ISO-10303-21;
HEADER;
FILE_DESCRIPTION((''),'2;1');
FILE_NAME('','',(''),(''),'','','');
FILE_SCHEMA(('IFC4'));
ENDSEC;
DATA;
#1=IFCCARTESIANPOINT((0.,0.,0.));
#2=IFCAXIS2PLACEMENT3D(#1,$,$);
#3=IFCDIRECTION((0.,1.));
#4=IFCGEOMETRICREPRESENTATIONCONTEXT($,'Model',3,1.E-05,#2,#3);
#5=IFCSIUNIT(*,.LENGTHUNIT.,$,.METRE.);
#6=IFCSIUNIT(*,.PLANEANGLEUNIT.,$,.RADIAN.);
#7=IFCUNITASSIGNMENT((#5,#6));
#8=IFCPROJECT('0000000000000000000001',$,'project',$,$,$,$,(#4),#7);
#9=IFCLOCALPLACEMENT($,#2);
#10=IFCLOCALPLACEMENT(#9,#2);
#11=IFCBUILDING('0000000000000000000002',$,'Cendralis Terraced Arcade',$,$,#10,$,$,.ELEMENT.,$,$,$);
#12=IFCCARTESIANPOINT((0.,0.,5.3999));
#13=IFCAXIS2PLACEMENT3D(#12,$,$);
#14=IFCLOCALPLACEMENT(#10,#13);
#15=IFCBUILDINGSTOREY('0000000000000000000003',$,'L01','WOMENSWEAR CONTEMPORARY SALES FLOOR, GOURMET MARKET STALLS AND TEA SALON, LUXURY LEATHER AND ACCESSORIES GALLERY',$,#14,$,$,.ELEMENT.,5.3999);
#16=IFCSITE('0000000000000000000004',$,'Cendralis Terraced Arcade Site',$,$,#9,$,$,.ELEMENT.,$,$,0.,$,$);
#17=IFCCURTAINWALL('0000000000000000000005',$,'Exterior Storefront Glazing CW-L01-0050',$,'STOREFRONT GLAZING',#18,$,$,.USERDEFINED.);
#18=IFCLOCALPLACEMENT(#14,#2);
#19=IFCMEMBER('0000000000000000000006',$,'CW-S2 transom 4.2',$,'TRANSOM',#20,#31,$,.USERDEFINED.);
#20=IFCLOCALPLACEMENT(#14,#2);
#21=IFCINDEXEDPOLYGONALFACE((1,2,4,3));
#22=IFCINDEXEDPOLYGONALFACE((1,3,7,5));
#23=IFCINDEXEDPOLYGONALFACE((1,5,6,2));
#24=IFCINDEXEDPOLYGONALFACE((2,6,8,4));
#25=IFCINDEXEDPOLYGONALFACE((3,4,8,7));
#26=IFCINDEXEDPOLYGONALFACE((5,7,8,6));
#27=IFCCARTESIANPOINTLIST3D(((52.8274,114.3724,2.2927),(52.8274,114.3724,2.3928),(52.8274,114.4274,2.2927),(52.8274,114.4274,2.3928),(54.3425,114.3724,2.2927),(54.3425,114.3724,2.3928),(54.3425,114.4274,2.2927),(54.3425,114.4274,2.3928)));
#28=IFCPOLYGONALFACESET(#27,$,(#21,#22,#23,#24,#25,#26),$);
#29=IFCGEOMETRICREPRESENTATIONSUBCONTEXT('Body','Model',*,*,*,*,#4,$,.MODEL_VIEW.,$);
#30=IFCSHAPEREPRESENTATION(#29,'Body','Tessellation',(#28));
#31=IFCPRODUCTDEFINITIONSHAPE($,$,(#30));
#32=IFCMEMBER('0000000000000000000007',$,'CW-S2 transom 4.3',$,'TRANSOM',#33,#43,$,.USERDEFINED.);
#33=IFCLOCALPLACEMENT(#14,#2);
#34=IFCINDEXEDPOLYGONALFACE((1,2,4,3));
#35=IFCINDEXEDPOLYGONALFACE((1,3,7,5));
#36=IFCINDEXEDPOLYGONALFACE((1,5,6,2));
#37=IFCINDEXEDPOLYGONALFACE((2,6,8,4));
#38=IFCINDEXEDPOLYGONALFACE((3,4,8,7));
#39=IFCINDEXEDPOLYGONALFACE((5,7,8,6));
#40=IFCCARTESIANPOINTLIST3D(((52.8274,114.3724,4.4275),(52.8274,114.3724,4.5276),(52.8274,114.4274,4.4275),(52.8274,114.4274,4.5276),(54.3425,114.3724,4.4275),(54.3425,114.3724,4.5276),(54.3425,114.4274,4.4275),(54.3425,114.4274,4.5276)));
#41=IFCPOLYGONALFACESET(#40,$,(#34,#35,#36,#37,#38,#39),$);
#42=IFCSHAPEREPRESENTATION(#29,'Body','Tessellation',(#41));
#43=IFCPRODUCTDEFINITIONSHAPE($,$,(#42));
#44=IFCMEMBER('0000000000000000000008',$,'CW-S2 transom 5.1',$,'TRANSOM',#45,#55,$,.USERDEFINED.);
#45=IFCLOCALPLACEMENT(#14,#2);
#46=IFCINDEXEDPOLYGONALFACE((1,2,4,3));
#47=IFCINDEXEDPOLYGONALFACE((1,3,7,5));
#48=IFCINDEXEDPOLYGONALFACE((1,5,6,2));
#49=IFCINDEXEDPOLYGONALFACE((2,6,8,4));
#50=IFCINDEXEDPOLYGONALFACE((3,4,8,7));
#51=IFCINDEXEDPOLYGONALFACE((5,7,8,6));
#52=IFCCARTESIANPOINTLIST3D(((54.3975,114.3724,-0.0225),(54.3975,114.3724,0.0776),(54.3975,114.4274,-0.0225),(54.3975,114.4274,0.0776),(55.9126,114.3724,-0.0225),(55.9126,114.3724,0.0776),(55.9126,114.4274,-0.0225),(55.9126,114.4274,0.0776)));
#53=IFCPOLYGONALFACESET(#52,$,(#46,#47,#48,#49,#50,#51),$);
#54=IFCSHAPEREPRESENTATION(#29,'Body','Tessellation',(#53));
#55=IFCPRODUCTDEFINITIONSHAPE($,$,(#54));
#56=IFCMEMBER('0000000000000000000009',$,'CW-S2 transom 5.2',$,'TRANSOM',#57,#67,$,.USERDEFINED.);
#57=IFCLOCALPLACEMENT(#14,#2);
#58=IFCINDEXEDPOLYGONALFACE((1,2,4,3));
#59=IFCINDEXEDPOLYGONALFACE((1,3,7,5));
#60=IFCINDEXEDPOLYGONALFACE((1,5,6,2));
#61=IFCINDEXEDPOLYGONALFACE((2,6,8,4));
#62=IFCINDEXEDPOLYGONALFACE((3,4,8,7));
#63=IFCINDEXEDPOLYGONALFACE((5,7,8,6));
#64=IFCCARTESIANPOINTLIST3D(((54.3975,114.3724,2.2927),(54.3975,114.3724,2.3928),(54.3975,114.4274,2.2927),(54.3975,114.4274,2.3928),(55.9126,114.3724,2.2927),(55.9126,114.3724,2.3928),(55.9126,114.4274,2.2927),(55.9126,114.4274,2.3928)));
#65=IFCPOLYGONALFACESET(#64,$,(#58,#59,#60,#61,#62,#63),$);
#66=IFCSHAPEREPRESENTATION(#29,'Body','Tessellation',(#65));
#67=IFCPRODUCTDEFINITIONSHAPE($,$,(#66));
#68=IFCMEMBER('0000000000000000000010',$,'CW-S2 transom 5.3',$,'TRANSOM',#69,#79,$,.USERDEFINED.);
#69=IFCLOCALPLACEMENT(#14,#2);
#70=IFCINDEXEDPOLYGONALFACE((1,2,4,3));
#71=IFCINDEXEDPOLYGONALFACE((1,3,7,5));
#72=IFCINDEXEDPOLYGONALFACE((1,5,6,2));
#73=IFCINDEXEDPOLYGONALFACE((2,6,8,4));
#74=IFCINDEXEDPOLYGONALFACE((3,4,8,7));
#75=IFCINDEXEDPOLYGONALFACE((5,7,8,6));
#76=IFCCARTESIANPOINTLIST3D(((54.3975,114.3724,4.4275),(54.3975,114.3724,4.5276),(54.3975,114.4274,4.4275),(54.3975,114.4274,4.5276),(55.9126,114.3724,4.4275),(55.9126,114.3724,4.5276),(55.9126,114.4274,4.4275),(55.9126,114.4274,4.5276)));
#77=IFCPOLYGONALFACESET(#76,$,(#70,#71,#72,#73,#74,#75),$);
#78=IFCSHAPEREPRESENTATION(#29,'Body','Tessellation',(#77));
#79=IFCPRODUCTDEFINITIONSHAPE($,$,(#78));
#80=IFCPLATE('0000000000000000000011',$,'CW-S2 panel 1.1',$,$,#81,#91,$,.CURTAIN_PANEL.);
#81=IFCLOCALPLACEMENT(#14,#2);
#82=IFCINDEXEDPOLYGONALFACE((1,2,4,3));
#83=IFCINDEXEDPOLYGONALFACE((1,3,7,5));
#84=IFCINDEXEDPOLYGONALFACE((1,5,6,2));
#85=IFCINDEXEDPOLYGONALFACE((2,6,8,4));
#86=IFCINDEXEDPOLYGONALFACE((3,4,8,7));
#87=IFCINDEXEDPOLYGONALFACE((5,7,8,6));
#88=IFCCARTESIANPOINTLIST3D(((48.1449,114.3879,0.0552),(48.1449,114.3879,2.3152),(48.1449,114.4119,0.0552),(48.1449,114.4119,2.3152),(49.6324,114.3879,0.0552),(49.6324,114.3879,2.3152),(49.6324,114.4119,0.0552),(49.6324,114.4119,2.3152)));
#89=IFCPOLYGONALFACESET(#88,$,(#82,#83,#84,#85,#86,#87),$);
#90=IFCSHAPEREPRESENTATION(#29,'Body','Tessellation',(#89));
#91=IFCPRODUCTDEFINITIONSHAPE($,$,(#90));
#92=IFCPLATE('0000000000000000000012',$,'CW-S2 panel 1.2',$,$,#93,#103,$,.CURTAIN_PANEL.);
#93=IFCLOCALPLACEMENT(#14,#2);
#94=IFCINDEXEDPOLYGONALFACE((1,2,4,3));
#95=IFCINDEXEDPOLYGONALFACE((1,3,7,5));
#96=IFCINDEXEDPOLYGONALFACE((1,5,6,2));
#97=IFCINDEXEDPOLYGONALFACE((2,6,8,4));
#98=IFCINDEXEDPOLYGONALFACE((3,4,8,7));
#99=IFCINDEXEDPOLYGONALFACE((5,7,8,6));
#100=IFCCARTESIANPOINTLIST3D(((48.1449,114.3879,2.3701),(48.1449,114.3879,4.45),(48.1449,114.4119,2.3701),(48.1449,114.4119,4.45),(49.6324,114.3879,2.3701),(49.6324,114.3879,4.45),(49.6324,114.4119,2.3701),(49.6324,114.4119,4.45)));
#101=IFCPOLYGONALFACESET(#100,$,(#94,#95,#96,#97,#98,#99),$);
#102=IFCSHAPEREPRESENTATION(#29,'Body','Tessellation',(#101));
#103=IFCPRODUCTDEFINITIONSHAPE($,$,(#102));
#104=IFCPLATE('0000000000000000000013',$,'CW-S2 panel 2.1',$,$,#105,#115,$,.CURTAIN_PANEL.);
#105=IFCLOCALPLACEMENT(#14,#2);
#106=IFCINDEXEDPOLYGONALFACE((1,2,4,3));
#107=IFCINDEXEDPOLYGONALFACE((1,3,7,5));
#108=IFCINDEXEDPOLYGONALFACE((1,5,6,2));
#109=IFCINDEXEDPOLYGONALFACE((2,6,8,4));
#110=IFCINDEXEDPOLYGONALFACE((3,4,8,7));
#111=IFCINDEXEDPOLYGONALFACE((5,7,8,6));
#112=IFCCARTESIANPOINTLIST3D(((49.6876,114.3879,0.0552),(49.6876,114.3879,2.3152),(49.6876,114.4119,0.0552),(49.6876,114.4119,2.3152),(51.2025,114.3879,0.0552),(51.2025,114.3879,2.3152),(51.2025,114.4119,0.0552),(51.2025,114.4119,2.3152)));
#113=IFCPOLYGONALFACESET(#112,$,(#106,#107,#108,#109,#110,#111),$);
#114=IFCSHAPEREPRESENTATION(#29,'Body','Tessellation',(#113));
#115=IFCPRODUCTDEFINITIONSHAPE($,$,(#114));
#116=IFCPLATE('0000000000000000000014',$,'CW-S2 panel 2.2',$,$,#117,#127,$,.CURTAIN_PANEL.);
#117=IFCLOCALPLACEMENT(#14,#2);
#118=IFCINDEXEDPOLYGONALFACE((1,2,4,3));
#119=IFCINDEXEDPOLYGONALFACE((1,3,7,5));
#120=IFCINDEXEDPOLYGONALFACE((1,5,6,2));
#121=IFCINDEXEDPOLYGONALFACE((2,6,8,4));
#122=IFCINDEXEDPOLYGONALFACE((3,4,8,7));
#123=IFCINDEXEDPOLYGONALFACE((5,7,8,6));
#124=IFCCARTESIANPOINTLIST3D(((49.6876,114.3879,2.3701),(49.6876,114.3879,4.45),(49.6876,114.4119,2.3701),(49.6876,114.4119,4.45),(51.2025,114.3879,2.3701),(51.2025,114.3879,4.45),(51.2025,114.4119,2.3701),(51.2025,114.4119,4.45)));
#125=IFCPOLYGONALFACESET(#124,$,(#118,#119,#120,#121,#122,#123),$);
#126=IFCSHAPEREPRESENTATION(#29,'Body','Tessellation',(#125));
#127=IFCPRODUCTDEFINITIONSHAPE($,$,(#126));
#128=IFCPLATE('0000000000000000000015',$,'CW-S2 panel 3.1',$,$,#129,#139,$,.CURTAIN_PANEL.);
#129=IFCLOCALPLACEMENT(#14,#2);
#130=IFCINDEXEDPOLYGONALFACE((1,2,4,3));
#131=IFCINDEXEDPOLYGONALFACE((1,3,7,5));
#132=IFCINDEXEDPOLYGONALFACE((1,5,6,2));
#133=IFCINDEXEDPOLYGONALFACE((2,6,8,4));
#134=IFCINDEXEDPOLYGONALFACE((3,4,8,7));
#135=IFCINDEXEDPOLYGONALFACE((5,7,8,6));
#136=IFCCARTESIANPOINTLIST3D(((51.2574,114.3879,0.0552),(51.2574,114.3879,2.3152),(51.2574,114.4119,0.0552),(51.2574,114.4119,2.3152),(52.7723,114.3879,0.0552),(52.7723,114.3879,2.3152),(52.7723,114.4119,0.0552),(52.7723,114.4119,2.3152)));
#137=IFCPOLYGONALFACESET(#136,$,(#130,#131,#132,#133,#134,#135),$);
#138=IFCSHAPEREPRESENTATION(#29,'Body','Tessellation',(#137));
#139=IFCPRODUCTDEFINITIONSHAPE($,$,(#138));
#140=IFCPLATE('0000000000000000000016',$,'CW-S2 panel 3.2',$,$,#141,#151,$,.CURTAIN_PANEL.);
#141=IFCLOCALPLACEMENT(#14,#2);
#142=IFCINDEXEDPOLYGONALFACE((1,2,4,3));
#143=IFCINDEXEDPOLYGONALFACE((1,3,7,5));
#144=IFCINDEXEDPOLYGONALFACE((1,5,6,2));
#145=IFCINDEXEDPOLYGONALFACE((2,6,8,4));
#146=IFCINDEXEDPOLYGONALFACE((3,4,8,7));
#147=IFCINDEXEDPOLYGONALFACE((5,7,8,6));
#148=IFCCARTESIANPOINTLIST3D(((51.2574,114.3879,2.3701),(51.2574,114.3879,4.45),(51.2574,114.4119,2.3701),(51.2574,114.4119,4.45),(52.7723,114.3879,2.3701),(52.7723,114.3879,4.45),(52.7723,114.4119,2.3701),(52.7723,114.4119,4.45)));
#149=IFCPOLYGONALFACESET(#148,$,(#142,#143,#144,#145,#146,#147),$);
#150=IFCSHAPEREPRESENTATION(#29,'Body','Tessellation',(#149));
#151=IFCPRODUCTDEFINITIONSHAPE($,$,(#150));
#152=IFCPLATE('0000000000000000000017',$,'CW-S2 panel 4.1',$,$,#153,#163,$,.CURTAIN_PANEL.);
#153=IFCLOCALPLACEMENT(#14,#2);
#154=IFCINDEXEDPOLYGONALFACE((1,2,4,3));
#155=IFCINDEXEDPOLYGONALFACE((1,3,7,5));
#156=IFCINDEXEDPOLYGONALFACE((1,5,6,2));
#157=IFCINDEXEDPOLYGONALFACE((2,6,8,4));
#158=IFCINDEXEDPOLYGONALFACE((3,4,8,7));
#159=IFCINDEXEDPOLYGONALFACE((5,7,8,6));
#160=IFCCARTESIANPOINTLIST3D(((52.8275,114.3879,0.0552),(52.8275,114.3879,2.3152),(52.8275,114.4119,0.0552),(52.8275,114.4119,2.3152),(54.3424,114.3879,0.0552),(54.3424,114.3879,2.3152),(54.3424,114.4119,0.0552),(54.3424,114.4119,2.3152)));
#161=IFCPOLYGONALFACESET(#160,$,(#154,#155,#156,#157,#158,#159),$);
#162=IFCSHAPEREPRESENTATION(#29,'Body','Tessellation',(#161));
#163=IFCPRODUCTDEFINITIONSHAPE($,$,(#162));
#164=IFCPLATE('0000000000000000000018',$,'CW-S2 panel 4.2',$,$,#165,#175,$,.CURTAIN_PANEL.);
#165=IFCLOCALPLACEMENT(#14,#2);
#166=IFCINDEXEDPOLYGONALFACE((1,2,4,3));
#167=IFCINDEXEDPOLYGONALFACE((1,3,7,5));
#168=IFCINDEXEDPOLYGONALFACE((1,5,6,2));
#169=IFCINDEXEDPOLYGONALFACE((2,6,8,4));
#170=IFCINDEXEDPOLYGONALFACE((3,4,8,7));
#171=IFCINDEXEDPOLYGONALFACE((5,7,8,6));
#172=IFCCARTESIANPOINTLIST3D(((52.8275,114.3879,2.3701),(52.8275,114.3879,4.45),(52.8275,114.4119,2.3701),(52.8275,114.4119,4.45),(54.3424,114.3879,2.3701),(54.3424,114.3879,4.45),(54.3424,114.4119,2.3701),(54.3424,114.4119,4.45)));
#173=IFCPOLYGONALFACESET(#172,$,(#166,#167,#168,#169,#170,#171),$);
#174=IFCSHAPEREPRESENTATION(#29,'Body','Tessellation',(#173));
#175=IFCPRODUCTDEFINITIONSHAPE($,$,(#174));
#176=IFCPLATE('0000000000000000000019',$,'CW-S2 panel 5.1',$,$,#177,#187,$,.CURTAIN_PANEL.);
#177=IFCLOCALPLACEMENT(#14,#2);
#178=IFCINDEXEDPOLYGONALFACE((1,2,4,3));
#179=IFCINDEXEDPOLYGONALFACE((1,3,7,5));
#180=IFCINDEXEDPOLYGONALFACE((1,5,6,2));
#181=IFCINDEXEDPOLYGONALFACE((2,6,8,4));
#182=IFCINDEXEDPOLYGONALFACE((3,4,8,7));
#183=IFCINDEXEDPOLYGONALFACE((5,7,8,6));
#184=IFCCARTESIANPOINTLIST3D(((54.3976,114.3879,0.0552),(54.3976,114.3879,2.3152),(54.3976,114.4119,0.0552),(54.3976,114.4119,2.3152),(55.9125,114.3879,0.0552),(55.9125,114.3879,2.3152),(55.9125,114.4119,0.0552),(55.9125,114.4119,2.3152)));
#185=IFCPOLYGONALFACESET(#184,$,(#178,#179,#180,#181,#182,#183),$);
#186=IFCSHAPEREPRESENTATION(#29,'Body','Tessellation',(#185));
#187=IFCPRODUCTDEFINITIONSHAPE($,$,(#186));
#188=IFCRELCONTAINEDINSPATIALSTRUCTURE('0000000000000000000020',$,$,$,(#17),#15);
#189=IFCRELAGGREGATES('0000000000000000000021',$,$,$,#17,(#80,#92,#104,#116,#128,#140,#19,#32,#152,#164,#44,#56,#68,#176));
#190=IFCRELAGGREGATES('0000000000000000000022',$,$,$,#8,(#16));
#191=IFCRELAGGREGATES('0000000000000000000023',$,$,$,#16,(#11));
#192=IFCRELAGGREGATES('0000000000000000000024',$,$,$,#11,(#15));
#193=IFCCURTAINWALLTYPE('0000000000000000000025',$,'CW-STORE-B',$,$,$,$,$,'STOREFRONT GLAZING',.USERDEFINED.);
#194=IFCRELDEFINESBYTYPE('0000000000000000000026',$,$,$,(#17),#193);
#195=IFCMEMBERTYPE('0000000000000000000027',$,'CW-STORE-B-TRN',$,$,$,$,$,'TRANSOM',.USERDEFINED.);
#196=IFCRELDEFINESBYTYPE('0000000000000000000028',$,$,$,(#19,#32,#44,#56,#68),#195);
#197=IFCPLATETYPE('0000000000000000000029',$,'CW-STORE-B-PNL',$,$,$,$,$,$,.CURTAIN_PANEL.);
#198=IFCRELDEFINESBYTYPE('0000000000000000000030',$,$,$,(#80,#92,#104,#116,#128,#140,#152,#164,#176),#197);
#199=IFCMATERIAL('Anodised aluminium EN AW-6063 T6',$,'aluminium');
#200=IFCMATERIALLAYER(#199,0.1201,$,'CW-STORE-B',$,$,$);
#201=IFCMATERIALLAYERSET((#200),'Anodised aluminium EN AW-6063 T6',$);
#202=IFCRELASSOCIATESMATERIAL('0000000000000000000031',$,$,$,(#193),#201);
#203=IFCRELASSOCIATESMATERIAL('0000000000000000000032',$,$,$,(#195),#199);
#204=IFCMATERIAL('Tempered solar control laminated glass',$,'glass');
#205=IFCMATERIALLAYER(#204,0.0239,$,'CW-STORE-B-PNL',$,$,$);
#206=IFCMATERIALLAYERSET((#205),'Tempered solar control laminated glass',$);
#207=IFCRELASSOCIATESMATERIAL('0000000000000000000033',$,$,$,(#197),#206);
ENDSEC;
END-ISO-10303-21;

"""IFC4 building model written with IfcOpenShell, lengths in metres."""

from ifc_helpers import new_model, si_unit, direction, frame, origin, origin_2d, place, context, subcontext, project, spatial, rectangle, extrude, material, layer, layer_set, material_profile, profile_set, type_object, element, aggregate, save


model = new_model("IFC4")

# Units and contexts
model_context = context("Model", 3, precision=1e-05, world=origin(), true_north=direction((0.0, 1.0)))
body_context = subcontext(model_context, "Body", "Model", "MODEL_VIEW")
ifc_project = project(units=[si_unit("LENGTHUNIT", "METRE"), si_unit("PLANEANGLEUNIT", "RADIAN")], contexts=[model_context])

# Site, building, storey
site_placement = place(None, origin())
site = spatial("IfcSite", under=ifc_project, at=site_placement, Name="Cendralis Terraced Arcade Site", CompositionType="ELEMENT", RefElevation=0.0)
building_placement = place(site_placement, origin())
building = spatial("IfcBuilding", under=site, at=building_placement, Name="Cendralis Terraced Arcade", CompositionType="ELEMENT")
storey_placement = place(building_placement, frame((0.0, 0.0, 5.3999)))
storey = spatial("IfcBuildingStorey", under=building, at=storey_placement, Name="L01", Description="WOMENSWEAR CONTEMPORARY SALES FLOOR, GOURMET MARKET STALLS AND TEA SALON, LUXURY LEATHER AND ACCESSORIES GALLERY", CompositionType="ELEMENT", Elevation=5.3999)

# Curtain wall, members, plates
ifc_material_1 = material(Name="Anodised aluminium EN AW-6063 T6", Category="aluminium")
ifc_layer_1 = layer(ifc_material_1, 0.1201, Name="CW-STORE-B")
ifc_layer_set_1 = layer_set([ifc_layer_1], Name="Anodised aluminium EN AW-6063 T6")
curtain_wall_type = type_object("IfcCurtainWallType", Name="CW-STORE-B", ElementType="STOREFRONT GLAZING", PredefinedType="USERDEFINED", material=ifc_layer_set_1)
curtain_wall_placement = place(storey_placement, origin())
curtain_wall = element("IfcCurtainWall", 1, at=curtain_wall_placement, inside=storey, type_object=curtain_wall_type, Name="Exterior Storefront Glazing CW-L01-0050", ObjectType="STOREFRONT GLAZING", PredefinedType="USERDEFINED")
ifc_material_profile_1 = material_profile(ifc_material_1, rectangle(XDim=0.0549, YDim=0.1001, at=origin_2d()), Name="ALU-TRN-55x100")
ifc_profile_set_1 = profile_set([ifc_material_profile_1], Name="Anodised aluminium EN AW-6063 T6")
member_type_1 = type_object("IfcMemberType", Name="CW-STORE-B-TRN", ElementType="TRANSOM", PredefinedType="USERDEFINED", material=ifc_profile_set_1)
member_1_placement = place(storey_placement, frame((52.8274, 114.3999, 2.3428), z_axis=(1.0, 0.0, 0.0), x_axis=(0.0, 1.0, 0.0)))
member_1 = element("IfcMember", 2, at=member_1_placement, type_object=member_type_1, Name="CW-S2 transom 4.2", ObjectType="TRANSOM", PredefinedType="USERDEFINED", context=body_context, shape_type="SweptSolid", body=[
    extrude(rectangle(XDim=0.0549, YDim=0.1001, at=origin_2d()), origin(), (0.0, 0.0, 1.0), 1.5151),
])
member_2_placement = place(storey_placement, frame((52.8274, 114.3999, 4.4775), z_axis=(1.0, 0.0, 0.0), x_axis=(0.0, 1.0, 0.0)))
member_2 = element("IfcMember", 3, at=member_2_placement, type_object=member_type_1, Name="CW-S2 transom 4.3", ObjectType="TRANSOM", PredefinedType="USERDEFINED", context=body_context, shape_type="SweptSolid", body=[
    extrude(rectangle(XDim=0.0549, YDim=0.1001, at=origin_2d()), origin(), (0.0, 0.0, 1.0), 1.5151),
])
member_3_placement = place(storey_placement, frame((54.3975, 114.3999, 0.0276), z_axis=(1.0, 0.0, 0.0), x_axis=(0.0, 1.0, 0.0)))
member_3 = element("IfcMember", 4, at=member_3_placement, type_object=member_type_1, Name="CW-S2 transom 5.1", ObjectType="TRANSOM", PredefinedType="USERDEFINED", context=body_context, shape_type="SweptSolid", body=[
    extrude(rectangle(XDim=0.0549, YDim=0.1001, at=origin_2d()), origin(), (0.0, 0.0, 1.0), 1.5151),
])
member_4_placement = place(storey_placement, frame((54.3975, 114.3999, 2.3428), z_axis=(1.0, 0.0, 0.0), x_axis=(0.0, 1.0, 0.0)))
member_4 = element("IfcMember", 5, at=member_4_placement, type_object=member_type_1, Name="CW-S2 transom 5.2", ObjectType="TRANSOM", PredefinedType="USERDEFINED", context=body_context, shape_type="SweptSolid", body=[
    extrude(rectangle(XDim=0.0549, YDim=0.1001, at=origin_2d()), origin(), (0.0, 0.0, 1.0), 1.5151),
])
member_5_placement = place(storey_placement, frame((54.3975, 114.3999, 4.4775), z_axis=(1.0, 0.0, 0.0), x_axis=(0.0, 1.0, 0.0)))
member_5 = element("IfcMember", 6, at=member_5_placement, type_object=member_type_1, Name="CW-S2 transom 5.3", ObjectType="TRANSOM", PredefinedType="USERDEFINED", context=body_context, shape_type="SweptSolid", body=[
    extrude(rectangle(XDim=0.0549, YDim=0.1001, at=origin_2d()), origin(), (0.0, 0.0, 1.0), 1.5151),
])
ifc_material_2 = material(Name="Tempered solar control laminated glass", Category="glass")
ifc_layer_2 = layer(ifc_material_2, 0.0239, Name="CW-STORE-B-PNL")
ifc_layer_set_2 = layer_set([ifc_layer_2], Name="Tempered solar control laminated glass")
plate_type = type_object("IfcPlateType", Name="CW-STORE-B-PNL", PredefinedType="CURTAIN_PANEL", material=ifc_layer_set_2)
plate_1_placement = place(storey_placement, frame((48.8887, 114.3999, 0.0552), z_axis=(0.0, 0.0, 1.0), x_axis=(1.0, 0.0, 0.0)))
plate_1 = element("IfcPlate", 7, at=plate_1_placement, type_object=plate_type, Name="CW-S2 panel 1.1", PredefinedType="CURTAIN_PANEL", context=body_context, shape_type="SweptSolid", body=[
    extrude(rectangle(XDim=1.4875, YDim=0.0239, at=origin_2d()), origin(), (0.0, 0.0, 1.0), 2.26),
])
plate_2_placement = place(storey_placement, frame((48.8887, 114.3999, 2.3701), z_axis=(0.0, 0.0, 1.0), x_axis=(1.0, 0.0, 0.0)))
plate_2 = element("IfcPlate", 8, at=plate_2_placement, type_object=plate_type, Name="CW-S2 panel 1.2", PredefinedType="CURTAIN_PANEL", context=body_context, shape_type="SweptSolid", body=[
    extrude(rectangle(XDim=1.4875, YDim=0.0239, at=origin_2d()), origin(), (0.0, 0.0, 1.0), 2.0798),
])
plate_3_placement = place(storey_placement, frame((50.4451, 114.3999, 0.0552), z_axis=(0.0, 0.0, 1.0), x_axis=(1.0, 0.0, 0.0)))
plate_3 = element("IfcPlate", 9, at=plate_3_placement, type_object=plate_type, Name="CW-S2 panel 2.1", PredefinedType="CURTAIN_PANEL", context=body_context, shape_type="SweptSolid", body=[
    extrude(rectangle(XDim=1.5149, YDim=0.0239, at=origin_2d()), origin(), (0.0, 0.0, 1.0), 2.26),
])
plate_4_placement = place(storey_placement, frame((50.4451, 114.3999, 2.3701), z_axis=(0.0, 0.0, 1.0), x_axis=(1.0, 0.0, 0.0)))
plate_4 = element("IfcPlate", 10, at=plate_4_placement, type_object=plate_type, Name="CW-S2 panel 2.2", PredefinedType="CURTAIN_PANEL", context=body_context, shape_type="SweptSolid", body=[
    extrude(rectangle(XDim=1.5149, YDim=0.0239, at=origin_2d()), origin(), (0.0, 0.0, 1.0), 2.0798),
])
plate_5_placement = place(storey_placement, frame((52.0149, 114.3999, 0.0552), z_axis=(0.0, 0.0, 1.0), x_axis=(1.0, 0.0, 0.0)))
plate_5 = element("IfcPlate", 11, at=plate_5_placement, type_object=plate_type, Name="CW-S2 panel 3.1", PredefinedType="CURTAIN_PANEL", context=body_context, shape_type="SweptSolid", body=[
    extrude(rectangle(XDim=1.5149, YDim=0.0239, at=origin_2d()), origin(), (0.0, 0.0, 1.0), 2.26),
])
plate_6_placement = place(storey_placement, frame((52.0149, 114.3999, 2.3701), z_axis=(0.0, 0.0, 1.0), x_axis=(1.0, 0.0, 0.0)))
plate_6 = element("IfcPlate", 12, at=plate_6_placement, type_object=plate_type, Name="CW-S2 panel 3.2", PredefinedType="CURTAIN_PANEL", context=body_context, shape_type="SweptSolid", body=[
    extrude(rectangle(XDim=1.5149, YDim=0.0239, at=origin_2d()), origin(), (0.0, 0.0, 1.0), 2.0798),
])
plate_7_placement = place(storey_placement, frame((53.585, 114.3999, 0.0552), z_axis=(0.0, 0.0, 1.0), x_axis=(1.0, 0.0, 0.0)))
plate_7 = element("IfcPlate", 13, at=plate_7_placement, type_object=plate_type, Name="CW-S2 panel 4.1", PredefinedType="CURTAIN_PANEL", context=body_context, shape_type="SweptSolid", body=[
    extrude(rectangle(XDim=1.5149, YDim=0.0239, at=origin_2d()), origin(), (0.0, 0.0, 1.0), 2.26),
])
plate_8_placement = place(storey_placement, frame((53.585, 114.3999, 2.3701), z_axis=(0.0, 0.0, 1.0), x_axis=(1.0, 0.0, 0.0)))
plate_8 = element("IfcPlate", 14, at=plate_8_placement, type_object=plate_type, Name="CW-S2 panel 4.2", PredefinedType="CURTAIN_PANEL", context=body_context, shape_type="SweptSolid", body=[
    extrude(rectangle(XDim=1.5149, YDim=0.0239, at=origin_2d()), origin(), (0.0, 0.0, 1.0), 2.0798),
])
plate_9_placement = place(storey_placement, frame((55.155, 114.3999, 0.0552), z_axis=(0.0, 0.0, 1.0), x_axis=(1.0, 0.0, 0.0)))
plate_9 = element("IfcPlate", 15, at=plate_9_placement, type_object=plate_type, Name="CW-S2 panel 5.1", PredefinedType="CURTAIN_PANEL", context=body_context, shape_type="SweptSolid", body=[
    extrude(rectangle(XDim=1.5149, YDim=0.0239, at=origin_2d()), origin(), (0.0, 0.0, 1.0), 2.26),
])
aggregate(curtain_wall, [plate_1, plate_2, plate_3, plate_4, plate_5, plate_6, member_1, member_2, plate_7, plate_8, member_3, member_4, member_5, plate_9])

save(model, "model.ifc")
